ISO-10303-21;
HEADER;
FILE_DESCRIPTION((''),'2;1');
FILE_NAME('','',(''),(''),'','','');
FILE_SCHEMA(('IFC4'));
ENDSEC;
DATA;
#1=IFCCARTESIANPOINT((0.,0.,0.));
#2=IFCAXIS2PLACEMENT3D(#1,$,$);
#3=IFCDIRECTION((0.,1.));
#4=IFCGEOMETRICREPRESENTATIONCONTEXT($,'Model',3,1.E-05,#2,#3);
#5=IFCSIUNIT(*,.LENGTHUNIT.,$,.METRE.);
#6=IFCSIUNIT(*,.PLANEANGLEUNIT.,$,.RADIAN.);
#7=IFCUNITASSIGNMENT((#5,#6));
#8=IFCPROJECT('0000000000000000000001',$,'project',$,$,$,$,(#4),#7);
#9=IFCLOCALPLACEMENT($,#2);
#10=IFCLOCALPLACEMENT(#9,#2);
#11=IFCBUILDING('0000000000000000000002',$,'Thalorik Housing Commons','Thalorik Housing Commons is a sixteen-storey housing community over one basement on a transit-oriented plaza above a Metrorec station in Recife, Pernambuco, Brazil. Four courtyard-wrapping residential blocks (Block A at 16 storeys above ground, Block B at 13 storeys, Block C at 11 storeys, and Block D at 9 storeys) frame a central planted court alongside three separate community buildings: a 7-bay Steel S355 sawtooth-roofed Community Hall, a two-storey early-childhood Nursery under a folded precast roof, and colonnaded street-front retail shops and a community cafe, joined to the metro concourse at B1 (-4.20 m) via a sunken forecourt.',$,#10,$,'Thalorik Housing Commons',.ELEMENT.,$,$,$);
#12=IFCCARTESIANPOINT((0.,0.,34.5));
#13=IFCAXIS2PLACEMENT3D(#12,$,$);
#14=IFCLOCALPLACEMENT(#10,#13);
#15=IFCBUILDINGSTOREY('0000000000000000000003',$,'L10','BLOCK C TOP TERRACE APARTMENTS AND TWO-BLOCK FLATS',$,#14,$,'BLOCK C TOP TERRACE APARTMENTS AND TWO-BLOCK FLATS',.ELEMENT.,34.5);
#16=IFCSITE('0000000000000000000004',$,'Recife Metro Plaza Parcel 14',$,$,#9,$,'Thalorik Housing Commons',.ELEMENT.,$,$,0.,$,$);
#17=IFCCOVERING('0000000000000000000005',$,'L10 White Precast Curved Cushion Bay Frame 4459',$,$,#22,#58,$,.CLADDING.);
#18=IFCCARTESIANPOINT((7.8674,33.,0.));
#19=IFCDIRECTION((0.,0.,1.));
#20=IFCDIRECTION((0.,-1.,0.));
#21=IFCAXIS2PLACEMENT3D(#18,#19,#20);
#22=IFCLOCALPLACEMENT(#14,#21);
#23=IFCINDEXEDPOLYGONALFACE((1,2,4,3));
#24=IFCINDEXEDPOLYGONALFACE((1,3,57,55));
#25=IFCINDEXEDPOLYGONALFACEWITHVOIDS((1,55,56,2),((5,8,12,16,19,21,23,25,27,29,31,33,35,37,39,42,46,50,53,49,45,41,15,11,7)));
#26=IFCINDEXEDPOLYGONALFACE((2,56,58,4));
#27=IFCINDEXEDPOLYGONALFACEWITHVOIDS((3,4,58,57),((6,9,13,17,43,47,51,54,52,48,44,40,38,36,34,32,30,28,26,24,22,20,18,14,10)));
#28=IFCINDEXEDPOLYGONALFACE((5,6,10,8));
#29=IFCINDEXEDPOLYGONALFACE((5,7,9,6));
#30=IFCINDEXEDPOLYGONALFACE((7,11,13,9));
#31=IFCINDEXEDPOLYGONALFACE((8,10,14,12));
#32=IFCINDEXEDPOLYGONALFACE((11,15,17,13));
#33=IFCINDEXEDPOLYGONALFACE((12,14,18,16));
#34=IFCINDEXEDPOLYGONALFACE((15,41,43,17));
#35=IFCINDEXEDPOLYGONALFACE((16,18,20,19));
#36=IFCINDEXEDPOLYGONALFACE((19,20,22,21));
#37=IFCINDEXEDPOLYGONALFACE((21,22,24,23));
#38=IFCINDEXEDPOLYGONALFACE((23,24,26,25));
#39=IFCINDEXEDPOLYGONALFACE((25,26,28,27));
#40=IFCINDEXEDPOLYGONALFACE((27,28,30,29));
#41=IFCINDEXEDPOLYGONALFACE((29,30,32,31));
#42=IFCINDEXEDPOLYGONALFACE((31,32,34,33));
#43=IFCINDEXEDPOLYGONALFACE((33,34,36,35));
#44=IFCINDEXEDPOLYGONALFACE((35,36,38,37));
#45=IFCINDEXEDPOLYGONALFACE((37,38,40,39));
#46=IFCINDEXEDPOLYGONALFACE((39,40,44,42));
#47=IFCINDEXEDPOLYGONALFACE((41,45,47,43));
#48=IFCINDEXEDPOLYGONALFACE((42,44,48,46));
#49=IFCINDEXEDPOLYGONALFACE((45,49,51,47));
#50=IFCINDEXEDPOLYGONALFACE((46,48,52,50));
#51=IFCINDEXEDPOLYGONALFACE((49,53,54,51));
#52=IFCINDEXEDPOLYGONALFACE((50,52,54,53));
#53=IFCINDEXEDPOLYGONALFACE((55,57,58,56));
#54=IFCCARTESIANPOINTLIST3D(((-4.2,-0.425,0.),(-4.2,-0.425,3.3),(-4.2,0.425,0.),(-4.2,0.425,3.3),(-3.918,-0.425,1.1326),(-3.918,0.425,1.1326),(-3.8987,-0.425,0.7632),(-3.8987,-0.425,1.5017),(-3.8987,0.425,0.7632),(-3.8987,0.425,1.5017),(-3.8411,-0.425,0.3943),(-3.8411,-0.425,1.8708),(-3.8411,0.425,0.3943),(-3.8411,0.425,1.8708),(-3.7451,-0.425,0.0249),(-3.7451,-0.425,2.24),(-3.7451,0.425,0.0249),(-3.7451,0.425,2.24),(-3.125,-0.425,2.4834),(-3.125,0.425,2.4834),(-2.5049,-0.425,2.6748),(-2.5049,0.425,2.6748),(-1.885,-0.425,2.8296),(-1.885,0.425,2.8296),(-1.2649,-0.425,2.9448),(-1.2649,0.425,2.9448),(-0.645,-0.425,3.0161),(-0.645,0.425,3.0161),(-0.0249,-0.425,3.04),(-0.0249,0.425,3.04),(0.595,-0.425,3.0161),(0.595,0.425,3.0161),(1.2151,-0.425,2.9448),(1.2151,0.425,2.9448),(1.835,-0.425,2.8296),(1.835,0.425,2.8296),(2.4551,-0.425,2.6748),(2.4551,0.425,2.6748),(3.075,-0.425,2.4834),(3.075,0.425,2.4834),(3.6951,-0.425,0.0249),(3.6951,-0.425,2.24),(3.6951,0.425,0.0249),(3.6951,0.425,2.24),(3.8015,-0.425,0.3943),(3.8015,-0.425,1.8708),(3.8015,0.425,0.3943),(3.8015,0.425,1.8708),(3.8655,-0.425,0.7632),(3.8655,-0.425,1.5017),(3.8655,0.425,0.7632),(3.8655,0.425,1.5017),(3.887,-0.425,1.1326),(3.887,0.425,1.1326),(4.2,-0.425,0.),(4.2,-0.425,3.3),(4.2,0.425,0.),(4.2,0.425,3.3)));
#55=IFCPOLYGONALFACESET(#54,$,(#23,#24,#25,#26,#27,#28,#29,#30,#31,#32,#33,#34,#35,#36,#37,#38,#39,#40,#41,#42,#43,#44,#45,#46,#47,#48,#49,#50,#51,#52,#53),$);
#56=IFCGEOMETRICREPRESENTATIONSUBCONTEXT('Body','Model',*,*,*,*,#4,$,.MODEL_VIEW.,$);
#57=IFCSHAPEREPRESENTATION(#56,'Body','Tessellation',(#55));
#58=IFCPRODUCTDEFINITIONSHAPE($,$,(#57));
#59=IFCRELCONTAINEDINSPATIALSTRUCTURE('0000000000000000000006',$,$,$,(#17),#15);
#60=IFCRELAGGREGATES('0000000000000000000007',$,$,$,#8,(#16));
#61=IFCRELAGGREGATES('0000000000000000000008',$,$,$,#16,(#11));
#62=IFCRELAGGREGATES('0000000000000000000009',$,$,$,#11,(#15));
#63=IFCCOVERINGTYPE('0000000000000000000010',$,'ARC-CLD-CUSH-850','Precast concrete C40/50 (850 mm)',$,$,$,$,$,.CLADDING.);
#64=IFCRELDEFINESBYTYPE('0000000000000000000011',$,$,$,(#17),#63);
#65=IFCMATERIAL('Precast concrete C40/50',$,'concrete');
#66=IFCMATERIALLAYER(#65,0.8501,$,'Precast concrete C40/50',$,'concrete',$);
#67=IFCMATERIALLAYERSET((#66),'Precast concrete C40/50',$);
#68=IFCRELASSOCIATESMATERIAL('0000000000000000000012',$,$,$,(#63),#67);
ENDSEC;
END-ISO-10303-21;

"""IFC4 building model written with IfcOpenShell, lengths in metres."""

from ifc_helpers import new_model, si_unit, direction, frame, origin, place, context, subcontext, project, spatial, polyline, outline, extrude, material, layer, layer_set, type_object, element, save


model = new_model("IFC4")

# Units and contexts
model_context = context("Model", 3, precision=1e-05, world=origin(), true_north=direction((0.0, 1.0)))
body_context = subcontext(model_context, "Body", "Model", "MODEL_VIEW")
ifc_project = project(units=[si_unit("LENGTHUNIT", "METRE"), si_unit("PLANEANGLEUNIT", "RADIAN")], contexts=[model_context])

# Site, building, storey
site_placement = place(None, origin())
site = spatial("IfcSite", under=ifc_project, at=site_placement, Name="Recife Metro Plaza Parcel 14", LongName="Thalorik Housing Commons", CompositionType="ELEMENT", RefElevation=0.0)
building_placement = place(site_placement, origin())
building = spatial("IfcBuilding", under=site, at=building_placement, Name="Thalorik Housing Commons", Description="Thalorik Housing Commons is a sixteen-storey housing community over one basement on a transit-oriented plaza above a Metrorec station in Recife, Pernambuco, Brazil. Four courtyard-wrapping residential blocks (Block A at 16 storeys above ground, Block B at 13 storeys, Block C at 11 storeys, and Block D at 9 storeys) frame a central planted court alongside three separate community buildings: a 7-bay Steel S355 sawtooth-roofed Community Hall, a two-storey early-childhood Nursery under a folded precast roof, and colonnaded street-front retail shops and a community cafe, joined to the metro concourse at B1 (-4.20 m) via a sunken forecourt.", LongName="Thalorik Housing Commons", CompositionType="ELEMENT")
storey_placement = place(building_placement, frame((0.0, 0.0, 34.5)))
storey = spatial("IfcBuildingStorey", under=building, at=storey_placement, Name="L10", Description="BLOCK C TOP TERRACE APARTMENTS AND TWO-BLOCK FLATS", LongName="BLOCK C TOP TERRACE APARTMENTS AND TWO-BLOCK FLATS", CompositionType="ELEMENT", Elevation=34.5)

# Shared definitions
ifc_material_1 = material(Name="Precast concrete C40/50", Category="concrete")

# Covering
ifc_layer_1 = layer(ifc_material_1, 0.8501, Name="Precast concrete C40/50", Category="concrete")
ifc_layer_set_1 = layer_set([ifc_layer_1], Name="Precast concrete C40/50")
covering_type_1 = type_object("IfcCoveringType", Name="ARC-CLD-CUSH-850", Description="Precast concrete C40/50 (850 mm)", PredefinedType="CLADDING", material=ifc_layer_set_1)
covering_1_placement = place(storey_placement, frame((7.8674, 33.0, 0.0), z_axis=(0.0, 0.0, 1.0), x_axis=(0.0, -1.0, 0.0)))
element("IfcCovering", 1, at=covering_1_placement, inside=storey, type_object=covering_type_1, Name="L10 White Precast Curved Cushion Bay Frame 4459", PredefinedType="CLADDING", context=body_context, shape_type="SweptSolid", body=[
    extrude(outline(polyline([(-4.2, 0.0), (4.2, 0.0), (4.2, 3.3), (-4.2, 3.3), (-4.2, 0.0)]), holes=[polyline([(3.6951, 0.0249), (3.8015, 0.3943), (3.8655, 0.7632), (3.887, 1.1326), (3.8655, 1.5017), (3.8015, 1.8708), (3.6951, 2.24), (3.075, 2.4834), (2.4551, 2.6748), (1.835, 2.8296), (1.2151, 2.9448), (0.595, 3.0161), (-0.0249, 3.04), (-0.645, 3.0161), (-1.2649, 2.9448), (-1.885, 2.8296), (-2.5049, 2.6748), (-3.125, 2.4834), (-3.7451, 2.24), (-3.8411, 1.8708), (-3.8987, 1.5017), (-3.918, 1.1326), (-3.8987, 0.7632), (-3.8411, 0.3943), (-3.7451, 0.0249), (3.6951, 0.0249)])]), frame((0.0, 0.425, 0.0), z_axis=(0.0, -1.0, 0.0), x_axis=(1.0, 0.0, 0.0)), (0.0, 0.0, 1.0), 0.8501),
])

save(model, "model.ifc")
